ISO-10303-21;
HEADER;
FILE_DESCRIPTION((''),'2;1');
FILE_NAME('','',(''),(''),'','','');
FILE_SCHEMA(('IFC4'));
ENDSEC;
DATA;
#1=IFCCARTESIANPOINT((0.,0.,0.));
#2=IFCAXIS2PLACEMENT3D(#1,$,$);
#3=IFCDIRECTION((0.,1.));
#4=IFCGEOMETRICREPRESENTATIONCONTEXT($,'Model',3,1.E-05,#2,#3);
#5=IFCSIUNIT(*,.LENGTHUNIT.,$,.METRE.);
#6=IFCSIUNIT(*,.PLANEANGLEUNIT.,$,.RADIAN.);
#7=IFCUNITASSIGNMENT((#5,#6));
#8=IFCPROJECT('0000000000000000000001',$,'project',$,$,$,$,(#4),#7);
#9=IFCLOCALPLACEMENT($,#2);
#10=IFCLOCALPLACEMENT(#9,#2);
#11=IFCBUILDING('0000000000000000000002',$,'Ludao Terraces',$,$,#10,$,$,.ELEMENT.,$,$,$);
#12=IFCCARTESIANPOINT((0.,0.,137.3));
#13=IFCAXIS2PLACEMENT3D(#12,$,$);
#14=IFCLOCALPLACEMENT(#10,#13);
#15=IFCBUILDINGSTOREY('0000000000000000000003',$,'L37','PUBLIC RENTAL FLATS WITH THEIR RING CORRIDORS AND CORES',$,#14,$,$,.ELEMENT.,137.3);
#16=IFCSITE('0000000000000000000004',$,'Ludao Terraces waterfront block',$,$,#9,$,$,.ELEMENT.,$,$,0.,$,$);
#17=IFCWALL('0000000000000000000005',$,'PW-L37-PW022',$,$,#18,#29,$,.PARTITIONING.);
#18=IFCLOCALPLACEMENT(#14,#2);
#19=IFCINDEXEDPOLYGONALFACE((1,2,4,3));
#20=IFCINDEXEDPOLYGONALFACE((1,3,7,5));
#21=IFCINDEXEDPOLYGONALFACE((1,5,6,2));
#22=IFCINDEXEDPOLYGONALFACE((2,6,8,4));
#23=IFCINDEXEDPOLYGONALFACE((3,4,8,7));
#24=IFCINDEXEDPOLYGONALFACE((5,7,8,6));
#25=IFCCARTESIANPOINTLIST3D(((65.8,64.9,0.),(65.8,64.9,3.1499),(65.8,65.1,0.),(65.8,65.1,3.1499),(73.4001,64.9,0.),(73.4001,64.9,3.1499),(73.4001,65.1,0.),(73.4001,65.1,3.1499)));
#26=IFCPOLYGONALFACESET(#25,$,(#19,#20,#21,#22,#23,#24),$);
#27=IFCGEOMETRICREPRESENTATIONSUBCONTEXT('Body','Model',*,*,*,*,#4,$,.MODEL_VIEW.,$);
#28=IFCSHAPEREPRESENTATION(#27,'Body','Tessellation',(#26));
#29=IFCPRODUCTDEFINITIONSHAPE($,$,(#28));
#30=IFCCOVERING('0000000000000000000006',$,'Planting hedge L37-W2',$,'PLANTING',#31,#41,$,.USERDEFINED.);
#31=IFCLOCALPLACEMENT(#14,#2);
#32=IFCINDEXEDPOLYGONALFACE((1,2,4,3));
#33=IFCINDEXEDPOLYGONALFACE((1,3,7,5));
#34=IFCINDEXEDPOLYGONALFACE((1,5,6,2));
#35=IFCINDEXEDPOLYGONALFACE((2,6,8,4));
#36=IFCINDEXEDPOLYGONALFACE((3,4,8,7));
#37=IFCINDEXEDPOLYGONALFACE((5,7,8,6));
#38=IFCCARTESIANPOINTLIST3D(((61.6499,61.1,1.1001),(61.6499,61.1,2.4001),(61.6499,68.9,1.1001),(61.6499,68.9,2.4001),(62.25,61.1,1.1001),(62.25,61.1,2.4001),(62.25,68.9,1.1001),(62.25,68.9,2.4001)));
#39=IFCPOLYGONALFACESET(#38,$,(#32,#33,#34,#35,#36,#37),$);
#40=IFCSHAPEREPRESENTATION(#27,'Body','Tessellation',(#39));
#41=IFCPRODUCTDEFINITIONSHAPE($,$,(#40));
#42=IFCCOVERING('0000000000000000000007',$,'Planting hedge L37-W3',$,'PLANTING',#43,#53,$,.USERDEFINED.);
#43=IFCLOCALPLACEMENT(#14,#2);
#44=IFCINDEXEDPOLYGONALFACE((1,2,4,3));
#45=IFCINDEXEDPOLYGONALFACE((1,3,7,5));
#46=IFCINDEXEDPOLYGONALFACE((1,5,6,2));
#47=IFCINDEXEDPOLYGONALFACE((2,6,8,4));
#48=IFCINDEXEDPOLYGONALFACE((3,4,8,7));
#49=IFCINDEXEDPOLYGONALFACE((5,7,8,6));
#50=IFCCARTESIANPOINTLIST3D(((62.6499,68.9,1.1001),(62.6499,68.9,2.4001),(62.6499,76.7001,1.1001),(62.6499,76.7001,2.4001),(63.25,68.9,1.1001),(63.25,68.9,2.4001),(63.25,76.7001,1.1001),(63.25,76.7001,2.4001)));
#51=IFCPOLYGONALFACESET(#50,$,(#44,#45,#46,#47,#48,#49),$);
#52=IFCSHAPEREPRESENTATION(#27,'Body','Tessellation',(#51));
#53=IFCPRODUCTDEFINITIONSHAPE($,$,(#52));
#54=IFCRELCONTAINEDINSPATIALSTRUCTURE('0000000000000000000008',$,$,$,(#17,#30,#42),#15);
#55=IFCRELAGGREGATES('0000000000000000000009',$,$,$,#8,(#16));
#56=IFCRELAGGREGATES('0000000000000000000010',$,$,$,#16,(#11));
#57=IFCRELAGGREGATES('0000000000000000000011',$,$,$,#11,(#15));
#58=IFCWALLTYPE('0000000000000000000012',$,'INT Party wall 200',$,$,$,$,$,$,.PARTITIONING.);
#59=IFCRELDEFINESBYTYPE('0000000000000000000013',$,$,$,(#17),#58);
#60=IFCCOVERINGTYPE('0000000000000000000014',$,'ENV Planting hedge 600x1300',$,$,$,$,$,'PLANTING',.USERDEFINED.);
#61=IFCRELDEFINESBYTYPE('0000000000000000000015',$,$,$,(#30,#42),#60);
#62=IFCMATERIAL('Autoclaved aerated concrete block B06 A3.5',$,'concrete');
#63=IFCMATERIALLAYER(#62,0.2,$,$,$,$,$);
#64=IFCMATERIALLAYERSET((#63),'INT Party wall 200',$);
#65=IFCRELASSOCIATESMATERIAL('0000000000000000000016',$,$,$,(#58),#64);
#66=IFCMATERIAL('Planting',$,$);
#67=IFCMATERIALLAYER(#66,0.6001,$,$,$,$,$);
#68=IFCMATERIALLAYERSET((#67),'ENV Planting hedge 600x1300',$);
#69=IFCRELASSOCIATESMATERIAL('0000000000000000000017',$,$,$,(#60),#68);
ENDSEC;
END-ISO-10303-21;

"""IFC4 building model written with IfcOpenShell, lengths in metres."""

from ifc_helpers import new_model, si_unit, direction, frame, frame_2d, origin, origin_2d, place, context, subcontext, project, spatial, rectangle, extrude, material, layer, layer_set, type_object, element, save


model = new_model("IFC4")

# Units and contexts
model_context = context("Model", 3, precision=1e-05, world=origin(), true_north=direction((0.0, 1.0)))
body_context = subcontext(model_context, "Body", "Model", "MODEL_VIEW")
ifc_project = project(units=[si_unit("LENGTHUNIT", "METRE"), si_unit("PLANEANGLEUNIT", "RADIAN")], contexts=[model_context])

# Site, building, storey
site_placement = place(None, origin())
site = spatial("IfcSite", under=ifc_project, at=site_placement, Name="Ludao Terraces waterfront block", CompositionType="ELEMENT", RefElevation=0.0)
building_placement = place(site_placement, origin())
building = spatial("IfcBuilding", under=site, at=building_placement, Name="Ludao Terraces", CompositionType="ELEMENT")
storey_placement = place(building_placement, frame((0.0, 0.0, 137.3)))
storey = spatial("IfcBuildingStorey", under=building, at=storey_placement, Name="L37", Description="PUBLIC RENTAL FLATS WITH THEIR RING CORRIDORS AND CORES", CompositionType="ELEMENT", Elevation=137.3)

# Wall
ifc_material_1 = material(Name="Autoclaved aerated concrete block B06 A3.5", Category="concrete")
ifc_layer_1 = layer(ifc_material_1, 0.2)
ifc_layer_set_1 = layer_set([ifc_layer_1], Name="INT Party wall 200")
wall_type_1 = type_object("IfcWallType", Name="INT Party wall 200", PredefinedType="PARTITIONING", material=ifc_layer_set_1)
wall_1_placement = place(storey_placement, frame((65.8, 65.0, 0.0), z_axis=(0.0, 0.0, 1.0), x_axis=(1.0, 0.0, 0.0)))
element("IfcWall", 1, at=wall_1_placement, inside=storey, type_object=wall_type_1, Name="PW-L37-PW022", PredefinedType="PARTITIONING", context=body_context, shape_type="SweptSolid", body=[
    extrude(rectangle(XDim=7.6001, YDim=0.2, at=frame_2d((3.8, 0.0))), origin(), (0.0, 0.0, 1.0), 3.1499),
])

# Coverings
ifc_material_2 = material(Name="Planting")
ifc_layer_2 = layer(ifc_material_2, 0.6001)
ifc_layer_set_2 = layer_set([ifc_layer_2], Name="ENV Planting hedge 600x1300")
covering_type = type_object("IfcCoveringType", Name="ENV Planting hedge 600x1300", ElementType="PLANTING", PredefinedType="USERDEFINED", material=ifc_layer_set_2)
for number, where, z_axis, x_axis, name in (
    (2, (61.95, 65.0, 1.1001), (0.0, 0.0, 1.0), (1.0, 0.0, 0.0), "Planting hedge L37-W2"),
    (3, (62.95, 72.8, 1.1001), (0.0, 0.0, 1.0), (1.0, 0.0, 0.0), "Planting hedge L37-W3"),
):
    element("IfcCovering", number, at=place(storey_placement, frame(where, z_axis=z_axis, x_axis=x_axis)), inside=storey, type_object=covering_type, Name=name, ObjectType="PLANTING", PredefinedType="USERDEFINED", context=body_context, shape_type="SweptSolid", body=[
        extrude(rectangle(XDim=0.6001, YDim=7.8, at=origin_2d()), origin(), (0.0, 0.0, 1.0), 1.3),
    ])

save(model, "model.ifc")
